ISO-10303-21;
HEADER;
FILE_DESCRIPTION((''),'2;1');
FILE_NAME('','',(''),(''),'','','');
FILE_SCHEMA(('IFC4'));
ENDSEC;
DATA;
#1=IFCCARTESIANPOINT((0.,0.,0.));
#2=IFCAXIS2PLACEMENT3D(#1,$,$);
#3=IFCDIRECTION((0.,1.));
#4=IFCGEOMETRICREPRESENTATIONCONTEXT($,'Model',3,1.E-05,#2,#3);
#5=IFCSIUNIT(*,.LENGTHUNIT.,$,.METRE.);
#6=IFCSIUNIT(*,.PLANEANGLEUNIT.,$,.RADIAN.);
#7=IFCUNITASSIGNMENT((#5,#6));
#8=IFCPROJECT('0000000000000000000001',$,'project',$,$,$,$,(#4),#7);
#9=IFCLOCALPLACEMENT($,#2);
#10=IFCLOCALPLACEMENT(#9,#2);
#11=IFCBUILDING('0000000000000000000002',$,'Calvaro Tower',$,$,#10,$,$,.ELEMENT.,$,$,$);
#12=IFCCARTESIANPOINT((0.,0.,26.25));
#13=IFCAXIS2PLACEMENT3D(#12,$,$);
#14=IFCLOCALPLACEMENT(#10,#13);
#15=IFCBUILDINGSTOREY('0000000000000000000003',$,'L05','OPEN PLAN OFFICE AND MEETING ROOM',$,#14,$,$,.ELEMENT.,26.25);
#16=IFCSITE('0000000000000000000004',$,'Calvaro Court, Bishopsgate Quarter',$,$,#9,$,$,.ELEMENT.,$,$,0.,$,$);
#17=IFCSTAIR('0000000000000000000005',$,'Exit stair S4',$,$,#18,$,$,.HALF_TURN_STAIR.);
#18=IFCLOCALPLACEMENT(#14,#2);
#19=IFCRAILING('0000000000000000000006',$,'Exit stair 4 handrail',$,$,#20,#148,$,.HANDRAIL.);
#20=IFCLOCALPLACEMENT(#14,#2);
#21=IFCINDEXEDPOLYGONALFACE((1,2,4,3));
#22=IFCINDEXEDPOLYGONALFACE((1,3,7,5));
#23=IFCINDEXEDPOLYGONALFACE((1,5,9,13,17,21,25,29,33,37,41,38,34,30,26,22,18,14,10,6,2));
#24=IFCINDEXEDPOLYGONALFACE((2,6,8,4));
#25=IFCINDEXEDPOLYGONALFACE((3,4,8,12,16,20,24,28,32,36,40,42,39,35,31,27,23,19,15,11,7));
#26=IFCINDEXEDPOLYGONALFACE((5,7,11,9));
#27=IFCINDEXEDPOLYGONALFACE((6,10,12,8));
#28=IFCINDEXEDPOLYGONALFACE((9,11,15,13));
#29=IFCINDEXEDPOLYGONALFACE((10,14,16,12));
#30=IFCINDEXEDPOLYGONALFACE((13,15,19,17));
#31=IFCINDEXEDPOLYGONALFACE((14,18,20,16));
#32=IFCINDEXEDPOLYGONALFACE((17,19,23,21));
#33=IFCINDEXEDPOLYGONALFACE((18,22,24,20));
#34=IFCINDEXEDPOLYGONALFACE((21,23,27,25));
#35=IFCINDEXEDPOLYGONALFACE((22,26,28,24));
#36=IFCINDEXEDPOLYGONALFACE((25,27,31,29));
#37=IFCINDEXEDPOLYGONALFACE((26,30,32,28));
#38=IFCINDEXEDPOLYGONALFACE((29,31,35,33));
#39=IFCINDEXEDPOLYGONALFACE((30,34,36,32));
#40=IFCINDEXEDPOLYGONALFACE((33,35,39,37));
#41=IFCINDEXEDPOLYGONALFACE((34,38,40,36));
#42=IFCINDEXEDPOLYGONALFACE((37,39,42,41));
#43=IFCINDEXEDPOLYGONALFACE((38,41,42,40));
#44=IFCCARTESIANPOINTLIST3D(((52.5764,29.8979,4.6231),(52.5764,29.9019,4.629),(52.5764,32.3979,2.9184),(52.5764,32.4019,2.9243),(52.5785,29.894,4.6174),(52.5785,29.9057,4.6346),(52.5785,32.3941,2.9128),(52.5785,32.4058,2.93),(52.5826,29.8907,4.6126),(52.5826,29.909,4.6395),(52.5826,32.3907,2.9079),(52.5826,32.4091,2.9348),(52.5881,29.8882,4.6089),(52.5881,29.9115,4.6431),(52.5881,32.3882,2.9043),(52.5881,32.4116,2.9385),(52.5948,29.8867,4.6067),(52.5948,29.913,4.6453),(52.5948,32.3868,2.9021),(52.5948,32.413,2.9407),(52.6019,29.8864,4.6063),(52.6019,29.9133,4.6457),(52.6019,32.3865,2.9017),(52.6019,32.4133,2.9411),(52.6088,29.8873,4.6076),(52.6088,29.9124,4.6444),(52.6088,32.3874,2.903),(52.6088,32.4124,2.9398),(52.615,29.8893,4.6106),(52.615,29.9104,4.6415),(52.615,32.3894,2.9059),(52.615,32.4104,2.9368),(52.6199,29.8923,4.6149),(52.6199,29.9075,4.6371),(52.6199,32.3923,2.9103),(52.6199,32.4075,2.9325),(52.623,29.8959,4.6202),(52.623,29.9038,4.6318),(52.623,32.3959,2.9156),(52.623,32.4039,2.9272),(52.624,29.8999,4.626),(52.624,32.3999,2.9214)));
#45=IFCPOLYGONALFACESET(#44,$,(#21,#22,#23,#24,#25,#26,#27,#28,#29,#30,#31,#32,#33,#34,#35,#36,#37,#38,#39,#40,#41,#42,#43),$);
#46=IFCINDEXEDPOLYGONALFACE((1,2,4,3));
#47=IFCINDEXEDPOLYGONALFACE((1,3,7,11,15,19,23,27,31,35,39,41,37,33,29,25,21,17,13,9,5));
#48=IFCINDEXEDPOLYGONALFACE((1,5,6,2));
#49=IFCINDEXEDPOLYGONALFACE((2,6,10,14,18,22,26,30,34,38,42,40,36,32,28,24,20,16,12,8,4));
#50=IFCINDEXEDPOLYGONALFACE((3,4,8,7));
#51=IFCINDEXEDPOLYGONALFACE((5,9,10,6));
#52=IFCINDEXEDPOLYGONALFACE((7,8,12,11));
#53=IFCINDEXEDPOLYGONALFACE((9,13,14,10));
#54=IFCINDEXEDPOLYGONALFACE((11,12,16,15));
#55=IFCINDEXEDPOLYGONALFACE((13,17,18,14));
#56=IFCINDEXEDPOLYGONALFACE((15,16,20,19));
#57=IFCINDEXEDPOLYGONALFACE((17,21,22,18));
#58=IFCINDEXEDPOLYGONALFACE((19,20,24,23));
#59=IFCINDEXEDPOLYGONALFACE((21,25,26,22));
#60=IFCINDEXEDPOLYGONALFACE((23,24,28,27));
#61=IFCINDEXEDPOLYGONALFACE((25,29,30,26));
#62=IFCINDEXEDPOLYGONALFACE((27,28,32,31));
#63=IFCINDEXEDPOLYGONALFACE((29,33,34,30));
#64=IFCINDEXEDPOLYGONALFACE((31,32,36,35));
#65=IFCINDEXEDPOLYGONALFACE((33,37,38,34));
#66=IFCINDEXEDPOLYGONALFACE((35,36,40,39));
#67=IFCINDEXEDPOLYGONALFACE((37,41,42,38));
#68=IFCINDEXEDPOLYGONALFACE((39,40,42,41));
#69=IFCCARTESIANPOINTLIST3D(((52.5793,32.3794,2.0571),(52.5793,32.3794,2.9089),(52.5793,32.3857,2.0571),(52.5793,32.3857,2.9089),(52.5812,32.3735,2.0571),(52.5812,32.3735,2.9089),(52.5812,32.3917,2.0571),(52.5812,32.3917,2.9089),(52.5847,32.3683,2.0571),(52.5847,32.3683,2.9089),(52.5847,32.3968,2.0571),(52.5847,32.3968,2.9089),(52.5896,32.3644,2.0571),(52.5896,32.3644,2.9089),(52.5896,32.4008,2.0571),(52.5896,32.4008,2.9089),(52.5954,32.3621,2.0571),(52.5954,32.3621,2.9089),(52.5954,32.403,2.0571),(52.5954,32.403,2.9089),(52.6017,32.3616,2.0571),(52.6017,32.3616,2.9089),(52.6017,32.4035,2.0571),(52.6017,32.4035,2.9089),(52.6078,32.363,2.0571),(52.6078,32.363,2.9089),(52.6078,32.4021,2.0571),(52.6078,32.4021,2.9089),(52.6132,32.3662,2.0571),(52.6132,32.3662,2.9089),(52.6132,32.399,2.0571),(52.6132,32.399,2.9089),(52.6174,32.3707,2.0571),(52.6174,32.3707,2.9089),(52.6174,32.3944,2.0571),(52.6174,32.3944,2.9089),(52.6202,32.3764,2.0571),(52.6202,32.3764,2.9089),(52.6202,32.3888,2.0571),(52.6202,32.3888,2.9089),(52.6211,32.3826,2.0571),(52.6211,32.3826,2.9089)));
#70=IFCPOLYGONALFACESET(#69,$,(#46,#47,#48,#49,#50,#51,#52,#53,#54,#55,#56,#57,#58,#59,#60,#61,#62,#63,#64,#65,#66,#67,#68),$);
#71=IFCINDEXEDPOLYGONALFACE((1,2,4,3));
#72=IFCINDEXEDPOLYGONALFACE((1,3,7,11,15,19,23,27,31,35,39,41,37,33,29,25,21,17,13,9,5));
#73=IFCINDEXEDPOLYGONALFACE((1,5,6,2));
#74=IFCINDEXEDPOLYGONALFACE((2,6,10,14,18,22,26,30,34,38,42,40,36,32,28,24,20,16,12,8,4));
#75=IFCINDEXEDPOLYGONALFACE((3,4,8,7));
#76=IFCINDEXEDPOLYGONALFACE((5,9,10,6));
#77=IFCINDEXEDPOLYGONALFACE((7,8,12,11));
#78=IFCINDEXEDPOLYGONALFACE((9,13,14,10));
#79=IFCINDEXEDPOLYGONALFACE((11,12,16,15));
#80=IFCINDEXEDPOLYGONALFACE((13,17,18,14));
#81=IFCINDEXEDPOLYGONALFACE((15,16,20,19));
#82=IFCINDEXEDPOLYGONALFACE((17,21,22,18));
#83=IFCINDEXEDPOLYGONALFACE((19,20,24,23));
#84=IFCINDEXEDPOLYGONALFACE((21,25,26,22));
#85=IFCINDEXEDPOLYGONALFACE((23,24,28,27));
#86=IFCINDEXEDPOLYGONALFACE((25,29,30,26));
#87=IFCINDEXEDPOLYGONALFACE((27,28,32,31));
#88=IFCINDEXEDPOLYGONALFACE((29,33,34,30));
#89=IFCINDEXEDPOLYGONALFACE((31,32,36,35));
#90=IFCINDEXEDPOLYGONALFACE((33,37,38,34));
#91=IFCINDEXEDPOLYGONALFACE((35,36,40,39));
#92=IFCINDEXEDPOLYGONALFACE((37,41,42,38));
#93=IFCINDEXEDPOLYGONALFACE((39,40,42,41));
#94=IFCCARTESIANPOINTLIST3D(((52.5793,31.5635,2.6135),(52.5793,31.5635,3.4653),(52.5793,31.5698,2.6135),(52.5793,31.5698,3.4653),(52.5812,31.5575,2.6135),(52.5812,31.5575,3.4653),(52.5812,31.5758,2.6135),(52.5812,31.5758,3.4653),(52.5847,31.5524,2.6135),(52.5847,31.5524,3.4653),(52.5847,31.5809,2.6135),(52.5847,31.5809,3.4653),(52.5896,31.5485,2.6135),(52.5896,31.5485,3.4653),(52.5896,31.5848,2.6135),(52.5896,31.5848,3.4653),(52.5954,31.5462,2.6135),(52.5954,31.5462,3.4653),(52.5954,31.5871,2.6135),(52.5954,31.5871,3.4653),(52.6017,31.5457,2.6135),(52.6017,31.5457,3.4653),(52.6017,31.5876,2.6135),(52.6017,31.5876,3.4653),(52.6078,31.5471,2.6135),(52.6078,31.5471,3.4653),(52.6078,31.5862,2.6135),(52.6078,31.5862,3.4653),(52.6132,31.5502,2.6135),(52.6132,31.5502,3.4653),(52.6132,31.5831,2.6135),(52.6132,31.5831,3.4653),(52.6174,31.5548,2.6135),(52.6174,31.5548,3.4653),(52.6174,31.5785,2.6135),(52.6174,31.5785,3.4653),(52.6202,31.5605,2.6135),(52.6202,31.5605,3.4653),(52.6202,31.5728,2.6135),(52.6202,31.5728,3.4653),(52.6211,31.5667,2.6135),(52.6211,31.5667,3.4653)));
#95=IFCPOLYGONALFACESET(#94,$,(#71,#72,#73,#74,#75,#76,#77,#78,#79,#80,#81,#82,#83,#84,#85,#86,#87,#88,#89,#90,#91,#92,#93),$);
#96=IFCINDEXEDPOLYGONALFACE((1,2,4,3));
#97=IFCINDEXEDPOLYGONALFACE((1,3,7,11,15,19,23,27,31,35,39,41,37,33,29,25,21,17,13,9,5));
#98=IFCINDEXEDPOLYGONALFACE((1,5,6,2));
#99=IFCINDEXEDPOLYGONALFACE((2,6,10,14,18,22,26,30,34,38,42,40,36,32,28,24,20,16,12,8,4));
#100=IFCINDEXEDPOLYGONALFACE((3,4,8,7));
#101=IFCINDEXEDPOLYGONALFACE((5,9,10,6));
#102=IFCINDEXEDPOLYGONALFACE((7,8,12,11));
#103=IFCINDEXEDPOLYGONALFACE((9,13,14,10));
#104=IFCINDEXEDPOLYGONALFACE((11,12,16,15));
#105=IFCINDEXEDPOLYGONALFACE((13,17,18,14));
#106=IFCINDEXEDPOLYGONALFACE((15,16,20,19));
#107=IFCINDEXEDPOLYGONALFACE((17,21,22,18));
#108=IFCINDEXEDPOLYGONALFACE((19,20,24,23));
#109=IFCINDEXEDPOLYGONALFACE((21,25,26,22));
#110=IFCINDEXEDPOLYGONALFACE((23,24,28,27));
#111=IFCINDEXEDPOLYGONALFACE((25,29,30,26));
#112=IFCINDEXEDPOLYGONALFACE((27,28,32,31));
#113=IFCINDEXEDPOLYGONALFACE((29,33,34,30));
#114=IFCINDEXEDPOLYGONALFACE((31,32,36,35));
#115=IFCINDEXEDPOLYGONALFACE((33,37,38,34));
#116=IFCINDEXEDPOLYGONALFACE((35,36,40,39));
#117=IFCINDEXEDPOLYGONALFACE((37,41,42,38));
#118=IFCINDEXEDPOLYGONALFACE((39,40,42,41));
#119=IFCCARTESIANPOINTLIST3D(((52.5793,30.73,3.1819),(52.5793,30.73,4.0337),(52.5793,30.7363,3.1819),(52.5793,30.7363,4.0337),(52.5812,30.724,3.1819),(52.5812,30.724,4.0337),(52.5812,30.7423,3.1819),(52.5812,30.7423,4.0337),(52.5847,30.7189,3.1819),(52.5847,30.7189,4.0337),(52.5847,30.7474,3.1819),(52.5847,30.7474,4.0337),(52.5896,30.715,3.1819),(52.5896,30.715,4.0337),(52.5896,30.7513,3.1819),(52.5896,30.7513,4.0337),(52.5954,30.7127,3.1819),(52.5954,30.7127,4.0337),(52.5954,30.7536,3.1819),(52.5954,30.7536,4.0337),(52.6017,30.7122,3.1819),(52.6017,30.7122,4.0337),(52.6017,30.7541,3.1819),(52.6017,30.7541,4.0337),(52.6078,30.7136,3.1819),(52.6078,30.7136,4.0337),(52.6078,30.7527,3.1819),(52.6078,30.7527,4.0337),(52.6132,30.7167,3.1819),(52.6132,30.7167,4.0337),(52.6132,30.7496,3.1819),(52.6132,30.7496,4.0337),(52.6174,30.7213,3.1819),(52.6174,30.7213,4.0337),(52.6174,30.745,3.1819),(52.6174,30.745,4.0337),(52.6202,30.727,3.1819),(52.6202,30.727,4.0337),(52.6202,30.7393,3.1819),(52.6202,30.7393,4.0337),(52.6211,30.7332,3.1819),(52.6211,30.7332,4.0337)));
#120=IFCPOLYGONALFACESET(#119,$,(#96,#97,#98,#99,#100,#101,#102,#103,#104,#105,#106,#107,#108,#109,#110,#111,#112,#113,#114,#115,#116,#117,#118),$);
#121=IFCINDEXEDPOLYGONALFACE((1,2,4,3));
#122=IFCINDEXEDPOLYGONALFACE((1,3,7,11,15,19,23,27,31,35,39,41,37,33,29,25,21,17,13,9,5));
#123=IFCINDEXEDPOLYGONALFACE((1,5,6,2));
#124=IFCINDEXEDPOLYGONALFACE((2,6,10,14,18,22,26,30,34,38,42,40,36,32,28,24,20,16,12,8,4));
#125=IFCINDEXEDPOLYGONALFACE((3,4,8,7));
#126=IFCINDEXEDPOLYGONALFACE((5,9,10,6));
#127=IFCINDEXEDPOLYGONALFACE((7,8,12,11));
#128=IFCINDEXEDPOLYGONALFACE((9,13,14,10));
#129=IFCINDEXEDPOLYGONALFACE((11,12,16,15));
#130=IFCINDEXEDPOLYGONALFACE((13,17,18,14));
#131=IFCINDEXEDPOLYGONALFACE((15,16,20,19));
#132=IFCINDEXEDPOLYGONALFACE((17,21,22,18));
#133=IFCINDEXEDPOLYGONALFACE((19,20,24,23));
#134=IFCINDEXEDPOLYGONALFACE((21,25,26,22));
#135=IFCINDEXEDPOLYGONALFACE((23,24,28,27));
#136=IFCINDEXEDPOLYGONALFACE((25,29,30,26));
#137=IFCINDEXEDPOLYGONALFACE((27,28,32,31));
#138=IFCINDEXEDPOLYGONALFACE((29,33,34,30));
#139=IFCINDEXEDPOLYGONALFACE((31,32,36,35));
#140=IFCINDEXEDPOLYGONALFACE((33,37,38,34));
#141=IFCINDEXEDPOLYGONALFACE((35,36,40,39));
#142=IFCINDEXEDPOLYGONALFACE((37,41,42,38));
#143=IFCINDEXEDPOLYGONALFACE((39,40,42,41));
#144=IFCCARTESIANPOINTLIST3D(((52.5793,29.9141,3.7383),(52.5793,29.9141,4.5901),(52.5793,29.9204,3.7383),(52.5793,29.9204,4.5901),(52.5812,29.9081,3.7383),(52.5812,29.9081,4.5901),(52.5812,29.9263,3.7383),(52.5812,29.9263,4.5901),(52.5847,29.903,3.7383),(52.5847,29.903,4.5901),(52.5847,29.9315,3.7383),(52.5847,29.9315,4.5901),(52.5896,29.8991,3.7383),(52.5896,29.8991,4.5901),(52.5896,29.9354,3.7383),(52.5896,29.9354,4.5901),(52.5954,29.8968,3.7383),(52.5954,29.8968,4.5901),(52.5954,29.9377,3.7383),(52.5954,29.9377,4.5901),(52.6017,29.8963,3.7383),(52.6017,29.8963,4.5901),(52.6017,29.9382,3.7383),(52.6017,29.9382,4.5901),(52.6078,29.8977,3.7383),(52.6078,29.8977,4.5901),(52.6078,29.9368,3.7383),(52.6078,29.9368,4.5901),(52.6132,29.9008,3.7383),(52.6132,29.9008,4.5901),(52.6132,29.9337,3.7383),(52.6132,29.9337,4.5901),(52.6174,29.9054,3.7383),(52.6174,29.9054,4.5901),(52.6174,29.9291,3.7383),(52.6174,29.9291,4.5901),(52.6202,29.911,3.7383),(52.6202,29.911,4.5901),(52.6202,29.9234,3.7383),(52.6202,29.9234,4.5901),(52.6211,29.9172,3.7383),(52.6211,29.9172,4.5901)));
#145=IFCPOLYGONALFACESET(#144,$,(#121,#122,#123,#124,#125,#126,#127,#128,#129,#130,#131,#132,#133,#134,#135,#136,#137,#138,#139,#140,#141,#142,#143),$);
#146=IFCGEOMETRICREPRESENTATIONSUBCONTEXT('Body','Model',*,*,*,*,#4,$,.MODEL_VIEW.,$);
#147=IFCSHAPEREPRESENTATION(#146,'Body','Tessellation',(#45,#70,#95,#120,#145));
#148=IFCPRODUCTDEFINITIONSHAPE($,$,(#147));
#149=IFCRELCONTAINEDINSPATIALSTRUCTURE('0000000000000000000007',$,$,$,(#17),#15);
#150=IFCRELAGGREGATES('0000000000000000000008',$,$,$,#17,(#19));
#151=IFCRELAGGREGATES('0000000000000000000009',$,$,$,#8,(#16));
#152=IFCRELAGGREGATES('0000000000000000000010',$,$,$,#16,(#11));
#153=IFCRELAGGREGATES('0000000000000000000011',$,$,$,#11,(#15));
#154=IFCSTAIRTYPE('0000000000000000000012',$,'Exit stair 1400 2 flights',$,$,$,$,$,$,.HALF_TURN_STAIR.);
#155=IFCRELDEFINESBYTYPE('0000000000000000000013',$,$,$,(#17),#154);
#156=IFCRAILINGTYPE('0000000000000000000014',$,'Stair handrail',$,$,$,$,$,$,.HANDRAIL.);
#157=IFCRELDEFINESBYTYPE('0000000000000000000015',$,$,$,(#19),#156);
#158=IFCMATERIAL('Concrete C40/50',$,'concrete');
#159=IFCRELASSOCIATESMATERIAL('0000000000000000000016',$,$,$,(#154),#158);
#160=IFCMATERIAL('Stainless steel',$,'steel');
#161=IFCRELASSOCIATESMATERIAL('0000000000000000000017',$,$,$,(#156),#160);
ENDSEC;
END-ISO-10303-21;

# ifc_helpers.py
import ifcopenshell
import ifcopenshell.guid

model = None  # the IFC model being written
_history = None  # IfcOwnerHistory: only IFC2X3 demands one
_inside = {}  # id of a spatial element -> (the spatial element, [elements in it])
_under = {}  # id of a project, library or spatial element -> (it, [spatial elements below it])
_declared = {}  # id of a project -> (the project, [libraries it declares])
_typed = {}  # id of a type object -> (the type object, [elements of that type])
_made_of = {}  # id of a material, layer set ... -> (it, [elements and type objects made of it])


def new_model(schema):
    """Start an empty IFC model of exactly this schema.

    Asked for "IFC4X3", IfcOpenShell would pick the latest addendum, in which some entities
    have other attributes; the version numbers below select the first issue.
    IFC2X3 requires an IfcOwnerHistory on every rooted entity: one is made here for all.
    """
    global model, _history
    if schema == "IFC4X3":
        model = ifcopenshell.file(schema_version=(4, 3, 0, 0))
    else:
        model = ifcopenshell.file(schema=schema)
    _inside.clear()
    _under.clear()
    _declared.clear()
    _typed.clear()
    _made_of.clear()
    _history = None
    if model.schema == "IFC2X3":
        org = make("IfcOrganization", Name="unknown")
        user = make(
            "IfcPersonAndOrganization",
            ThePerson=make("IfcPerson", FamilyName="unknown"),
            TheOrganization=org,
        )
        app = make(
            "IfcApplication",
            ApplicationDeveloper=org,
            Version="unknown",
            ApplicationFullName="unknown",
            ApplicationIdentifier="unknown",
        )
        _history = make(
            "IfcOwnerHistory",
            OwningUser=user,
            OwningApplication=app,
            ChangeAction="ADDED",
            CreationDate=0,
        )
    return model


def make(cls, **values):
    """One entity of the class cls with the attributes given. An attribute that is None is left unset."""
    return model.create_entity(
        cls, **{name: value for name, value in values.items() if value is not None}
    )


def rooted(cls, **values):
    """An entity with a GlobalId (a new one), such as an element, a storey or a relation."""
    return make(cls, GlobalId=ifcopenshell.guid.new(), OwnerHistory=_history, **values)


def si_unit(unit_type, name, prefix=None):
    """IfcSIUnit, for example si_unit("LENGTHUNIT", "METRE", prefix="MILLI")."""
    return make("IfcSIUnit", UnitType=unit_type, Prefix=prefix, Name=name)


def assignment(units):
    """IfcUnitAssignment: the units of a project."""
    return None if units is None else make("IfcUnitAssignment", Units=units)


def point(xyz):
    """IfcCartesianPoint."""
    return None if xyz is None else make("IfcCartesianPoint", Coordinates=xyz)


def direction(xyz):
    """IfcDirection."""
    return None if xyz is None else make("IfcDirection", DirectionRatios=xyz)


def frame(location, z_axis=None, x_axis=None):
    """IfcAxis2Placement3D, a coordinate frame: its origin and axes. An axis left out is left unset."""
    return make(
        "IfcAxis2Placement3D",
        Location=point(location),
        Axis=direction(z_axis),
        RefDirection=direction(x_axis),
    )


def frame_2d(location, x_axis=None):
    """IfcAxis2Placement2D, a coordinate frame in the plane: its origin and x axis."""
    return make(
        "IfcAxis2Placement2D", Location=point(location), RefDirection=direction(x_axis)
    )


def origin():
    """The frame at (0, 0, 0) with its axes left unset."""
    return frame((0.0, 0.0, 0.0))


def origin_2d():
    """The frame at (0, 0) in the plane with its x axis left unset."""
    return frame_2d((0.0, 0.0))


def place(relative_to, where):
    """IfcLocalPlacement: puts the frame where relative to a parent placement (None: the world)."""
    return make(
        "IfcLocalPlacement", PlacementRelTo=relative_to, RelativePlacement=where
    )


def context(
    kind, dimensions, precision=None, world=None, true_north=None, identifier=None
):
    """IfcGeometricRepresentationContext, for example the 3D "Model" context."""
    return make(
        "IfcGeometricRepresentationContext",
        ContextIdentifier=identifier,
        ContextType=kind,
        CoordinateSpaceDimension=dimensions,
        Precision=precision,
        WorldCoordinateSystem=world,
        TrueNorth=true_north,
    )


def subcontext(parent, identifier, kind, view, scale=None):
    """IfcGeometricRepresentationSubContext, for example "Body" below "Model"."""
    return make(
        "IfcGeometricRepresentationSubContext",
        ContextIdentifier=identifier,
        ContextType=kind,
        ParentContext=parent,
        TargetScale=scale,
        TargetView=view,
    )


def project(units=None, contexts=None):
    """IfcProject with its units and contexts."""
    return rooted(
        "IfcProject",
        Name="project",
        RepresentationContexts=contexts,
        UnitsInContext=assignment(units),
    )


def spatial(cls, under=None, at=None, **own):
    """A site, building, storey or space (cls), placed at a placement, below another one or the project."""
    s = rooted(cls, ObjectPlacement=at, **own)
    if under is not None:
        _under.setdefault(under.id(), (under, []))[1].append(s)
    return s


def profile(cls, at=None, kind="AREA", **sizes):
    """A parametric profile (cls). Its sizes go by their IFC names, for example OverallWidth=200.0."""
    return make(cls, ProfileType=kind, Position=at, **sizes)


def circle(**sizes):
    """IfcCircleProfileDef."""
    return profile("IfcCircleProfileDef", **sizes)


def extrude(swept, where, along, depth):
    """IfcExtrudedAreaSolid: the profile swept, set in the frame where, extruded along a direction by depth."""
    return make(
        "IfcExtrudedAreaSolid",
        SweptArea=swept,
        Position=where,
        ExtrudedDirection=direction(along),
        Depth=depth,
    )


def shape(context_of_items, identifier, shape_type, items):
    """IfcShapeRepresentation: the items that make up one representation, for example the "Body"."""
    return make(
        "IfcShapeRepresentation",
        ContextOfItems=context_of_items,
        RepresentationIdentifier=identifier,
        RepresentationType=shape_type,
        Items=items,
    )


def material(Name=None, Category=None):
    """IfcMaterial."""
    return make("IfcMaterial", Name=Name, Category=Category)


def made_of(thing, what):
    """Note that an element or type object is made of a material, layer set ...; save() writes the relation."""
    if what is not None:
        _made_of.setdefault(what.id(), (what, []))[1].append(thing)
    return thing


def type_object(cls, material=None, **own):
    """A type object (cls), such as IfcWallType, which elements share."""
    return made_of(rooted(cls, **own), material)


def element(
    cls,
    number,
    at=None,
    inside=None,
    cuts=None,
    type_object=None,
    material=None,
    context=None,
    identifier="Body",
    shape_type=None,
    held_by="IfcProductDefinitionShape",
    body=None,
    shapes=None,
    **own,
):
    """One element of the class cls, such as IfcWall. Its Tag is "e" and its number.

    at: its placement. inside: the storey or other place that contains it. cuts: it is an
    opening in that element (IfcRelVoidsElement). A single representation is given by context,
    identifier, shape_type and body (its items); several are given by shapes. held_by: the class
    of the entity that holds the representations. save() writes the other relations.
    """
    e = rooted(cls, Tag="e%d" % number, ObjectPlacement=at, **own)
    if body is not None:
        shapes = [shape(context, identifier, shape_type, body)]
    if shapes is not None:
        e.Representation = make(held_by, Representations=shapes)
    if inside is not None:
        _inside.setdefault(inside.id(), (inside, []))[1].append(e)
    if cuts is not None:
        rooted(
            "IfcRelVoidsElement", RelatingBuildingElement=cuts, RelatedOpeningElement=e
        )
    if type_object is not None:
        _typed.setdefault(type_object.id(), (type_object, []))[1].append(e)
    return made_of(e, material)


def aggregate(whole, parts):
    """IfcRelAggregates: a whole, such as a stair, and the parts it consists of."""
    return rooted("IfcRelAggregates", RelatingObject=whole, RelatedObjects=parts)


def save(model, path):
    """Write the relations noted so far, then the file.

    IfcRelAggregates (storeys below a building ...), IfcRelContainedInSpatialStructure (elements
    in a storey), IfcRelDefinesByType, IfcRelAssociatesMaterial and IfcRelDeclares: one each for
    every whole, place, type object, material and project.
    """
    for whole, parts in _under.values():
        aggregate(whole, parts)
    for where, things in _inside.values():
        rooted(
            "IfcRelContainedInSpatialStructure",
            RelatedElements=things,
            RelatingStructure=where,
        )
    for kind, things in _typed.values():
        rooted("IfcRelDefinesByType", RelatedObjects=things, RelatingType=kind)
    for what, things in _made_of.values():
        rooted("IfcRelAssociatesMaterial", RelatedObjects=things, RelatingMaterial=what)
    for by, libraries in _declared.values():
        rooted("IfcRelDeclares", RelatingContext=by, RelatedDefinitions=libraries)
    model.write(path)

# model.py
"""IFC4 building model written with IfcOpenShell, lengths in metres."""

from ifc_helpers import new_model, si_unit, direction, frame, origin, origin_2d, place, context, subcontext, project, spatial, circle, extrude, material, type_object, element, aggregate, save


model = new_model("IFC4")

# Units and contexts
model_context = context("Model", 3, precision=1e-05, world=origin(), true_north=direction((0.0, 1.0)))
body_context = subcontext(model_context, "Body", "Model", "MODEL_VIEW")
ifc_project = project(units=[si_unit("LENGTHUNIT", "METRE"), si_unit("PLANEANGLEUNIT", "RADIAN")], contexts=[model_context])

# Site, building, storey
site_placement = place(None, origin())
site = spatial("IfcSite", under=ifc_project, at=site_placement, Name="Calvaro Court, Bishopsgate Quarter", CompositionType="ELEMENT", RefElevation=0.0)
building_placement = place(site_placement, origin())
building = spatial("IfcBuilding", under=site, at=building_placement, Name="Calvaro Tower", CompositionType="ELEMENT")
storey_placement = place(building_placement, frame((0.0, 0.0, 26.25)))
storey = spatial("IfcBuildingStorey", under=building, at=storey_placement, Name="L05", Description="OPEN PLAN OFFICE AND MEETING ROOM", CompositionType="ELEMENT", Elevation=26.25)

# Stair
ifc_material_1 = material(Name="Concrete C40/50", Category="concrete")
stair_type = type_object("IfcStairType", Name="Exit stair 1400 2 flights", PredefinedType="HALF_TURN_STAIR", material=ifc_material_1)
stair_1_placement = place(storey_placement, origin())
stair_1 = element("IfcStair", 1, at=stair_1_placement, inside=storey, type_object=stair_type, Name="Exit stair S4", PredefinedType="HALF_TURN_STAIR")

# Railing
ifc_material_2 = material(Name="Stainless steel", Category="steel")
railing_type = type_object("IfcRailingType", Name="Stair handrail", PredefinedType="HANDRAIL", material=ifc_material_2)
railing_1_placement = place(storey_placement, frame((52.6001, 32.3999, 2.0454)))
railing_1 = element("IfcRailing", 2, at=railing_1_placement, type_object=railing_type, Name="Exit stair 4 handrail", PredefinedType="HANDRAIL", context=body_context, shape_type="SweptSolid", body=[
    extrude(circle(Radius=0.0239, at=origin_2d()), frame((0.0, 0.0, 0.876), z_axis=(0.0, -0.826221, 0.563347), x_axis=(1.0, 0.0, 0.0)), (0.0, 0.0, 1.0), 3.0259),
    extrude(circle(Radius=0.021, at=origin_2d()), frame((0.0, -0.0173, 0.0117)), (0.0, 0.0, 1.0), 0.8518),
    extrude(circle(Radius=0.021, at=origin_2d()), frame((0.0, -0.8333, 0.5681)), (0.0, 0.0, 1.0), 0.8518),
    extrude(circle(Radius=0.021, at=origin_2d()), frame((0.0, -1.6667, 1.1365)), (0.0, 0.0, 1.0), 0.8518),
    extrude(circle(Radius=0.021, at=origin_2d()), frame((0.0, -2.4827, 1.6929)), (0.0, 0.0, 1.0), 0.8518),
])
aggregate(stair_1, [railing_1])

save(model, "model.ifc")
